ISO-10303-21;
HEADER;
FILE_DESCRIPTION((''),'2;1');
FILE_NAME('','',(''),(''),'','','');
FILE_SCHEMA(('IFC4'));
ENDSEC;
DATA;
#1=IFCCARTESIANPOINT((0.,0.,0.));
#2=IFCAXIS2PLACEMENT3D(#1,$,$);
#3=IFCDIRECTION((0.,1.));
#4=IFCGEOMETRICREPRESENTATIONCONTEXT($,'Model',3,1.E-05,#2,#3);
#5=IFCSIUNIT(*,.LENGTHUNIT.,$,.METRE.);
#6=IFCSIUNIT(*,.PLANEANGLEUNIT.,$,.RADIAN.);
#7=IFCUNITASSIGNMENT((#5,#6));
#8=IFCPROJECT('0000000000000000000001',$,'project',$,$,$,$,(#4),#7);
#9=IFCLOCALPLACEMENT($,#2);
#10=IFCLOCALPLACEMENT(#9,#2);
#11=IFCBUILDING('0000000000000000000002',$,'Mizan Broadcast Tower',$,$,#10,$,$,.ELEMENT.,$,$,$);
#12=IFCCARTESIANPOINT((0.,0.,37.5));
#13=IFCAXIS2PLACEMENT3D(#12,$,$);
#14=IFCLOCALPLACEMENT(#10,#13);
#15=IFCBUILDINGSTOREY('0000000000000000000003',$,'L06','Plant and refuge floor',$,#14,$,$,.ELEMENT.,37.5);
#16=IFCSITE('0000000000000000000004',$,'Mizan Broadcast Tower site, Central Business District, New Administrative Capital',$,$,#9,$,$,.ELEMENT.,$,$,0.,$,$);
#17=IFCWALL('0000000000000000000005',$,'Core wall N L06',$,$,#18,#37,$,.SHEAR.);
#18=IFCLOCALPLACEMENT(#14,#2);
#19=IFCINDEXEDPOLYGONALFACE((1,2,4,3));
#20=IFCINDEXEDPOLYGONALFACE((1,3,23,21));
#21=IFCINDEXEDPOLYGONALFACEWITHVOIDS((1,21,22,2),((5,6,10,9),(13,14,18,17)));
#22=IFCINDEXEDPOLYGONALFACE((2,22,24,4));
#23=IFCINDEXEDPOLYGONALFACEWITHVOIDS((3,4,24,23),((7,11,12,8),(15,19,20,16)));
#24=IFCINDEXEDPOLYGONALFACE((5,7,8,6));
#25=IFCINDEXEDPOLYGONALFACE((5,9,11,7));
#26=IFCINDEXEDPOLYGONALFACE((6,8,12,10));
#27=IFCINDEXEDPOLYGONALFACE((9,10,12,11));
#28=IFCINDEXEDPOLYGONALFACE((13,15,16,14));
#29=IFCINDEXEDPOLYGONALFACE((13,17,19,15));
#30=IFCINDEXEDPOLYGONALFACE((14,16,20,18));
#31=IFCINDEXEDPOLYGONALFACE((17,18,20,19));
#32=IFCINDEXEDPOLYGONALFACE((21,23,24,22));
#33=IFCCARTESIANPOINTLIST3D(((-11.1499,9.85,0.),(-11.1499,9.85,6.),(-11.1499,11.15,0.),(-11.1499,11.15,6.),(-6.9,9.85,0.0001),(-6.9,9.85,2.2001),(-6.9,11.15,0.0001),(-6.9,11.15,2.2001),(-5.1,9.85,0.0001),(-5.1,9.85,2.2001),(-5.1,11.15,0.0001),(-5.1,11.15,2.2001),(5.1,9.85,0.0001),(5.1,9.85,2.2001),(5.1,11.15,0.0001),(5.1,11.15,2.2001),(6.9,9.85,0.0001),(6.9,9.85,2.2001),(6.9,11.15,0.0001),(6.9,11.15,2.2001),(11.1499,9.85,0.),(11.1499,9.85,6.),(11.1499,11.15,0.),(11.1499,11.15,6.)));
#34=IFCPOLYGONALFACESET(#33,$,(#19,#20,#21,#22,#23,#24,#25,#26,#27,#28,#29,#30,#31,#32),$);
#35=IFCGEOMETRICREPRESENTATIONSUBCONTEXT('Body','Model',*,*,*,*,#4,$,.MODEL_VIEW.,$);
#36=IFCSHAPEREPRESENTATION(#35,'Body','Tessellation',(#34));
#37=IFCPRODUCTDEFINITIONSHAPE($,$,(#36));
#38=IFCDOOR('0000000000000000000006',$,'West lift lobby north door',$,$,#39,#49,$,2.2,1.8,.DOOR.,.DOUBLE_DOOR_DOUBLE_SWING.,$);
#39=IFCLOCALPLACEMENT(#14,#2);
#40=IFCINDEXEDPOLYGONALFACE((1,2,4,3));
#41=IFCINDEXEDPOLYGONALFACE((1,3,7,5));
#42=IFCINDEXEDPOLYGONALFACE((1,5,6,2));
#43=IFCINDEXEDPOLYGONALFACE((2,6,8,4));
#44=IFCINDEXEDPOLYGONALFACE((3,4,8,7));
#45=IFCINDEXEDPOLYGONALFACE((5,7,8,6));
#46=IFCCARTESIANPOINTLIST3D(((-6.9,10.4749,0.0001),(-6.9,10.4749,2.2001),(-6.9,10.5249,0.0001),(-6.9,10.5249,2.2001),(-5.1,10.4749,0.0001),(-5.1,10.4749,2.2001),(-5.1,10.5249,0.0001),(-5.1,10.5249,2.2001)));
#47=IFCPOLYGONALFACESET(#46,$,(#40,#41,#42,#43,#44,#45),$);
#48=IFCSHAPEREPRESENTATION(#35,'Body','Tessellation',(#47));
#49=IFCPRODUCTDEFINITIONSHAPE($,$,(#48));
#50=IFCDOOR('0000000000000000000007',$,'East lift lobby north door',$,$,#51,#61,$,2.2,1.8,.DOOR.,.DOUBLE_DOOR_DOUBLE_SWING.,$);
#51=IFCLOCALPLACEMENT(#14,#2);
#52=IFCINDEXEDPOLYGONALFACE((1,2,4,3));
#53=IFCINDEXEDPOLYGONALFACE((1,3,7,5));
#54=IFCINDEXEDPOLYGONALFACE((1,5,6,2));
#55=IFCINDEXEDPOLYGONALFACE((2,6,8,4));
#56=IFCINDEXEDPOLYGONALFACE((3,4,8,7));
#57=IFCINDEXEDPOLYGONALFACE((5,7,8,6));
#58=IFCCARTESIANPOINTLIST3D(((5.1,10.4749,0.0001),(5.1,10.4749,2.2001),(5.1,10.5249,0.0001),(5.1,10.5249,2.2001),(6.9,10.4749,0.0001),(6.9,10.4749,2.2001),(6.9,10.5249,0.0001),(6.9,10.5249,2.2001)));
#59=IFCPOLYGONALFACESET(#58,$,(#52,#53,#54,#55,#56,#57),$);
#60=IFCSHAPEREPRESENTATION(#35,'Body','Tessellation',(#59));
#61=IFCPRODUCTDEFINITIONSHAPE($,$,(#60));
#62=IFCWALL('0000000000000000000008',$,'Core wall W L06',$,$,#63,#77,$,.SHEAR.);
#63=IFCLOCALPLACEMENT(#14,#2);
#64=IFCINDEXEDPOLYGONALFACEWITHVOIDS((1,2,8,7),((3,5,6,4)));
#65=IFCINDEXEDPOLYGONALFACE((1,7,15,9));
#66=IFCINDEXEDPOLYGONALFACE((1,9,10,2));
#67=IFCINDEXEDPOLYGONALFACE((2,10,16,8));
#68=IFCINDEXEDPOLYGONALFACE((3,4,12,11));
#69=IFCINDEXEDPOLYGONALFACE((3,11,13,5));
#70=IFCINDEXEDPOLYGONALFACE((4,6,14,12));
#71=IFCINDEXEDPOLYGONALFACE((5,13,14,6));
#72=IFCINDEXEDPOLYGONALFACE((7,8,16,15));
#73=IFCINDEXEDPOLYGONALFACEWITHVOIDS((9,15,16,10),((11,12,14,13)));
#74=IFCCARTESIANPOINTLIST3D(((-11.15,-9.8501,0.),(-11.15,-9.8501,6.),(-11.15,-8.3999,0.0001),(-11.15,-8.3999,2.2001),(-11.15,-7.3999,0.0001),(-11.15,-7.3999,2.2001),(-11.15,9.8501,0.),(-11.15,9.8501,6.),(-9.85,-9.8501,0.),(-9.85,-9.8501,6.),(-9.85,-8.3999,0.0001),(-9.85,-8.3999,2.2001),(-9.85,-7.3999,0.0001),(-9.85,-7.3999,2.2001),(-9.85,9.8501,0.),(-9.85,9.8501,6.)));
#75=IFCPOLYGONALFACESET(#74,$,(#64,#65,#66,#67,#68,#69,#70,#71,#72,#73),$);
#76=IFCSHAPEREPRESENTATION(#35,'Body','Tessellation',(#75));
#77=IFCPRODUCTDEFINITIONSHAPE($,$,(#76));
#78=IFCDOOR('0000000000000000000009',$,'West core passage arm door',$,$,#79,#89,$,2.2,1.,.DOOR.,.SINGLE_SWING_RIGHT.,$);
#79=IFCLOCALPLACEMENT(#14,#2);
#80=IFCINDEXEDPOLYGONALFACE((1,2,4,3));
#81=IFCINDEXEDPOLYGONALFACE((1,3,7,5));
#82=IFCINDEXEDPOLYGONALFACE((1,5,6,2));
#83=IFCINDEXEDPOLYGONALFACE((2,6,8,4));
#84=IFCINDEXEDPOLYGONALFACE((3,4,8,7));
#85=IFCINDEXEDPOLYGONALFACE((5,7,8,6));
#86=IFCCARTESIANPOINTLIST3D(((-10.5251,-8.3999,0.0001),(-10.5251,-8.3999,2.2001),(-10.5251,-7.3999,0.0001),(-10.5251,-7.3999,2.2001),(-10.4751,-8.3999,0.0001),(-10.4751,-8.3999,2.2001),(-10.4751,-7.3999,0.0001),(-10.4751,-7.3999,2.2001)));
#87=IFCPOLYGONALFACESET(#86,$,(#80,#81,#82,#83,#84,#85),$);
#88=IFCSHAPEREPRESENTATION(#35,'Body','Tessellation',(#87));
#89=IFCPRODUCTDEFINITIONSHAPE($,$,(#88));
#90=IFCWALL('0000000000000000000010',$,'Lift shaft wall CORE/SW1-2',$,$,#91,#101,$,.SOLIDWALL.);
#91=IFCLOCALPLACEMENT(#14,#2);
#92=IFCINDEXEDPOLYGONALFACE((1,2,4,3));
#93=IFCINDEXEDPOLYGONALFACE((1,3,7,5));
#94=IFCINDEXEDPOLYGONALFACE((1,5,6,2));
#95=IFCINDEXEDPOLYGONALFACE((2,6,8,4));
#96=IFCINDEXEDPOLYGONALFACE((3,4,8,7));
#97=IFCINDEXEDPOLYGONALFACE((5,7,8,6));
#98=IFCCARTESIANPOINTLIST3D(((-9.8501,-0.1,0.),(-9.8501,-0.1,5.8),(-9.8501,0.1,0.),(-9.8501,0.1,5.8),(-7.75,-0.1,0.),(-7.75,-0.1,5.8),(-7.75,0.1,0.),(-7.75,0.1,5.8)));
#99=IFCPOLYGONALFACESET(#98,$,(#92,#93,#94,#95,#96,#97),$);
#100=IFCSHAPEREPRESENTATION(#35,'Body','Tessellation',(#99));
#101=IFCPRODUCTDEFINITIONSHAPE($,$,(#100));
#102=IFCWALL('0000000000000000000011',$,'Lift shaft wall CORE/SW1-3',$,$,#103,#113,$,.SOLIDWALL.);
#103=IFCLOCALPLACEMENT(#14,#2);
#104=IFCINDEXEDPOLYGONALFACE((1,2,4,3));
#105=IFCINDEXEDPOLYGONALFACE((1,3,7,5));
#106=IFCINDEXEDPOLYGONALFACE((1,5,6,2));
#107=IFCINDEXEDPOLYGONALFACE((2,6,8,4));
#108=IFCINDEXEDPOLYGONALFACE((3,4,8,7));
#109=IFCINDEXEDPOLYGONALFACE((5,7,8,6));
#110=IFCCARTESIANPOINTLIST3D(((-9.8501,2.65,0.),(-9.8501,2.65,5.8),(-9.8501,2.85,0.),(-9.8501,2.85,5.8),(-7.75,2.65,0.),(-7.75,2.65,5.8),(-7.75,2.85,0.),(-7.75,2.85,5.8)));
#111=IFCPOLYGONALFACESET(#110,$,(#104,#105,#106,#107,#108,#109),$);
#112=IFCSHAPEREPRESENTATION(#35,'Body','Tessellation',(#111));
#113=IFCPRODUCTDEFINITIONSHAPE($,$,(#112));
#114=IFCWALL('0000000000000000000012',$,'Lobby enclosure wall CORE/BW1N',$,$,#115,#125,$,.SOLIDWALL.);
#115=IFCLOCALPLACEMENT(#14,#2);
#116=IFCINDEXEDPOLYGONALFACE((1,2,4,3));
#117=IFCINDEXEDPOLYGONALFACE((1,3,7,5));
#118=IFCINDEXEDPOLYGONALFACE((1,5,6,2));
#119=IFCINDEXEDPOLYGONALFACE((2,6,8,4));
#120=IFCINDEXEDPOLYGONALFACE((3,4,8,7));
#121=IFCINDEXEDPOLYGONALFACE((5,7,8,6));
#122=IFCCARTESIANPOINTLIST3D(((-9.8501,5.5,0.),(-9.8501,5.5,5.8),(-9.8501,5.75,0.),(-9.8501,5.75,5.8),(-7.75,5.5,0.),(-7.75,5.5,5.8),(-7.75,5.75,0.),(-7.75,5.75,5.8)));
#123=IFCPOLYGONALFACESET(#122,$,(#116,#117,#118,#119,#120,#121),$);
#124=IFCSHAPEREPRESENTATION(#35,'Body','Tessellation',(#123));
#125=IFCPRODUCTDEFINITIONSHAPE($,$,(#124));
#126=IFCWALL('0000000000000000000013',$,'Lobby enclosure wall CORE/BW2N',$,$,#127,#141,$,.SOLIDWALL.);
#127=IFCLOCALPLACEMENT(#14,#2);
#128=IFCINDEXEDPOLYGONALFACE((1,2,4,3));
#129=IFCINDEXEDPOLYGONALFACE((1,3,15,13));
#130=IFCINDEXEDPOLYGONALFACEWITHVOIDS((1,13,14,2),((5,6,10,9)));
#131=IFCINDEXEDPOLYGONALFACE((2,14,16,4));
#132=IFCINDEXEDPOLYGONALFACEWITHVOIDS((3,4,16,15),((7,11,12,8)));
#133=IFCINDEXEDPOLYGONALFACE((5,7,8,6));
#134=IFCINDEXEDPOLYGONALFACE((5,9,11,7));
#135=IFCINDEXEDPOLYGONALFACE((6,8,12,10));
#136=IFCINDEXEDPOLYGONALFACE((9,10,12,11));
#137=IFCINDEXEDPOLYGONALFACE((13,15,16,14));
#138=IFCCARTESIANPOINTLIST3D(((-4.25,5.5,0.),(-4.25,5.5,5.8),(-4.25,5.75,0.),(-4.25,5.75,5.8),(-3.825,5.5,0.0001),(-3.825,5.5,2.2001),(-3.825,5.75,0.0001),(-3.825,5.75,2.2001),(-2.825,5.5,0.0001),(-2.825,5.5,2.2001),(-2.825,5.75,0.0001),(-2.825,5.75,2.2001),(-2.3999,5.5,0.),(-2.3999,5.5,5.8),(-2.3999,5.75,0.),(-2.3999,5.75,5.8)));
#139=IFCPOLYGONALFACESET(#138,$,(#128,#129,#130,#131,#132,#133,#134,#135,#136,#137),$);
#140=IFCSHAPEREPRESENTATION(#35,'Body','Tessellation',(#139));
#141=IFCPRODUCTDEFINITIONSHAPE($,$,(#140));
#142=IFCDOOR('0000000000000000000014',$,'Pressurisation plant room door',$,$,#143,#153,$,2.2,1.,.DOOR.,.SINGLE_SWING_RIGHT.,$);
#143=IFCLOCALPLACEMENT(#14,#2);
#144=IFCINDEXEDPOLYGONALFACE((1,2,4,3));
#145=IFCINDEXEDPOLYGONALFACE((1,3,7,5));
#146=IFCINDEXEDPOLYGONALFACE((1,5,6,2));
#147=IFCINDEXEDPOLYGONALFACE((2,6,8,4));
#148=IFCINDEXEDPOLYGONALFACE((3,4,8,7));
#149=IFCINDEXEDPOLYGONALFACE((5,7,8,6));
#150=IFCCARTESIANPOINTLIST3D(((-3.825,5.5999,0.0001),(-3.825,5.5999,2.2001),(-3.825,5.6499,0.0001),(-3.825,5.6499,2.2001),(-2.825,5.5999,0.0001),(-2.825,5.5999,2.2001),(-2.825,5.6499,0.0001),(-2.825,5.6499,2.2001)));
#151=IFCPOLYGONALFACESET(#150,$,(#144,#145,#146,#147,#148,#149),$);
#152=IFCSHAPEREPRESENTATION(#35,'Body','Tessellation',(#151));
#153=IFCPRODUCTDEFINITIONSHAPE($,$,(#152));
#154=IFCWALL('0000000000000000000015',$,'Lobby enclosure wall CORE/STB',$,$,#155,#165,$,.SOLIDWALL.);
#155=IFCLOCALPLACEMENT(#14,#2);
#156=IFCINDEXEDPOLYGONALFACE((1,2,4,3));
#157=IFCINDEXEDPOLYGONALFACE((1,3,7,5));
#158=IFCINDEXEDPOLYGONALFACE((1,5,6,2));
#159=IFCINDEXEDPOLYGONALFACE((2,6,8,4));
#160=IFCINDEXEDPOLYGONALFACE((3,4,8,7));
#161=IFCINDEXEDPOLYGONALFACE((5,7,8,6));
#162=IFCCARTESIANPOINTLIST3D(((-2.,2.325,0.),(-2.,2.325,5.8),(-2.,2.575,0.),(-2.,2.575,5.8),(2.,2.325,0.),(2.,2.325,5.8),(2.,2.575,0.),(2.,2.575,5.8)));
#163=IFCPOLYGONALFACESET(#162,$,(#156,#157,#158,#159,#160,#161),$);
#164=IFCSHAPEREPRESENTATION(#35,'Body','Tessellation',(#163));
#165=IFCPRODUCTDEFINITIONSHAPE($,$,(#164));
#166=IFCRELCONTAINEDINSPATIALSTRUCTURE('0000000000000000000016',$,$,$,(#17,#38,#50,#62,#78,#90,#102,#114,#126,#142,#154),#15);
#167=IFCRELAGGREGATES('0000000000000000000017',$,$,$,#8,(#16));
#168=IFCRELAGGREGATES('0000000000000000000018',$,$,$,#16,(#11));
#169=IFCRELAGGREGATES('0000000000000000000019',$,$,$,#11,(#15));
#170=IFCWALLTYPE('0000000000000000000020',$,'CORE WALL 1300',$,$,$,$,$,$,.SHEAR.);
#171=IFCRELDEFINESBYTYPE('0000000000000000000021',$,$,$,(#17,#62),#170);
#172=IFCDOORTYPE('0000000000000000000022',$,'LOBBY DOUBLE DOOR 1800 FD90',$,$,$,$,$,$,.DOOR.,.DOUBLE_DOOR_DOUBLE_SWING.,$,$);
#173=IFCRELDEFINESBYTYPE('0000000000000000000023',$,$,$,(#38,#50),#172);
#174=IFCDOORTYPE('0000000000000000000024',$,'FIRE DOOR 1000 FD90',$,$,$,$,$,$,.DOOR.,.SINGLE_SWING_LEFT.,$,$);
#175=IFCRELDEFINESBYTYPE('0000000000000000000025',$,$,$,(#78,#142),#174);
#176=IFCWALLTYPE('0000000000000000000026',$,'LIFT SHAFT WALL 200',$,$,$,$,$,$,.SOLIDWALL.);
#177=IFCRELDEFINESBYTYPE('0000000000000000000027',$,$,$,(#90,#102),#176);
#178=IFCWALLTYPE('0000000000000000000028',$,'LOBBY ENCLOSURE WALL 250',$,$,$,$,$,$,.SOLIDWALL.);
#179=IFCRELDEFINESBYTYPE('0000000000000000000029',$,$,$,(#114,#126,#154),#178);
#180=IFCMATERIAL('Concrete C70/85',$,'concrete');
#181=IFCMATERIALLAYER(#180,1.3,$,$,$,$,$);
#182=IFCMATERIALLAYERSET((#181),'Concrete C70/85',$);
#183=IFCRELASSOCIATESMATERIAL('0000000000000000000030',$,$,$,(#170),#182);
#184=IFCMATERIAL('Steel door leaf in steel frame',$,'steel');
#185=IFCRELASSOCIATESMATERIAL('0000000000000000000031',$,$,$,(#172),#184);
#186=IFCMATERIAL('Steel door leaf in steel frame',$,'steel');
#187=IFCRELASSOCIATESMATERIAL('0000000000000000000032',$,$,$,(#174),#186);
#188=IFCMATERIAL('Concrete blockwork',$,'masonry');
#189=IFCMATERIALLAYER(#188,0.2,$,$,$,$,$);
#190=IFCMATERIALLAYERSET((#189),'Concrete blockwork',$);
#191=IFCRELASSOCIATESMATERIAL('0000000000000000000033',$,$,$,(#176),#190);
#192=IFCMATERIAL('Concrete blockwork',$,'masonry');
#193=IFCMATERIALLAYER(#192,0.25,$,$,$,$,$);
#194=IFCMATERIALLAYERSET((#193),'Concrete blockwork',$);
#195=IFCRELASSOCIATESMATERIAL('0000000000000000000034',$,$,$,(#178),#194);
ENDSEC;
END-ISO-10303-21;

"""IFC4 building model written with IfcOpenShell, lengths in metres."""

from ifc_helpers import new_model, si_unit, direction, frame, frame_2d, origin, place, context, subcontext, project, spatial, rectangle, extrude, material, layer, layer_set, type_object, element, fill, save


model = new_model("IFC4")

# Units and contexts
model_context = context("Model", 3, precision=1e-05, world=origin(), true_north=direction((0.0, 1.0)))
body_context = subcontext(model_context, "Body", "Model", "MODEL_VIEW")
ifc_project = project(units=[si_unit("LENGTHUNIT", "METRE"), si_unit("PLANEANGLEUNIT", "RADIAN")], contexts=[model_context])

# Site, building, storey
site_placement = place(None, origin())
site = spatial("IfcSite", under=ifc_project, at=site_placement, Name="Mizan Broadcast Tower site, Central Business District, New Administrative Capital", CompositionType="ELEMENT", RefElevation=0.0)
building_placement = place(site_placement, origin())
building = spatial("IfcBuilding", under=site, at=building_placement, Name="Mizan Broadcast Tower", CompositionType="ELEMENT")
storey_placement = place(building_placement, frame((0.0, 0.0, 37.5)))
storey = spatial("IfcBuildingStorey", under=building, at=storey_placement, Name="L06", Description="Plant and refuge floor", CompositionType="ELEMENT", Elevation=37.5)

# Wall, openings, doors
ifc_material_1 = material(Name="Concrete C70/85", Category="concrete")
ifc_layer_1 = layer(ifc_material_1, 1.3)
ifc_layer_set_1 = layer_set([ifc_layer_1], Name="Concrete C70/85")
wall_type_1 = type_object("IfcWallType", Name="CORE WALL 1300", PredefinedType="SHEAR", material=ifc_layer_set_1)
wall_1_placement = place(storey_placement, frame((-11.1499, 10.5, 0.0), z_axis=(0.0, 0.0, 1.0), x_axis=(1.0, 0.0, 0.0)))
wall_1 = element("IfcWall", 1, at=wall_1_placement, inside=storey, type_object=wall_type_1, Name="Core wall N L06", PredefinedType="SHEAR", context=body_context, shape_type="SweptSolid", body=[
    extrude(rectangle(XDim=22.2998, YDim=1.3, at=frame_2d((11.1499, 0.0))), origin(), (0.0, 0.0, 1.0), 6.0),
])
opening_1_placement = place(wall_1_placement, frame((4.25, 0.0, 0.0)))
opening_1 = element("IfcOpeningElement", 2, at=opening_1_placement, cuts=wall_1, PredefinedType="OPENING", context=body_context, shape_type="SweptSolid", body=[
    extrude(rectangle(XDim=1.8, YDim=2.2, at=frame_2d((0.8999, 1.1001))), frame((0.0, 0.6599, 0.0), z_axis=(0.0, -1.0, 0.0), x_axis=(1.0, 0.0, 0.0)), (0.0, 0.0, 1.0), 1.3201),
])
opening_2_placement = place(wall_1_placement, frame((16.25, 0.0, 0.0)))
opening_2 = element("IfcOpeningElement", 3, at=opening_2_placement, cuts=wall_1, PredefinedType="OPENING", context=body_context, shape_type="SweptSolid", body=[
    extrude(rectangle(XDim=1.8, YDim=2.2, at=frame_2d((0.8999, 1.1001))), frame((0.0, 0.6599, 0.0), z_axis=(0.0, -1.0, 0.0), x_axis=(1.0, 0.0, 0.0)), (0.0, 0.0, 1.0), 1.3201),
])
ifc_material_2 = material(Name="Steel door leaf in steel frame", Category="steel")
door_type_1 = type_object("IfcDoorType", Name="LOBBY DOUBLE DOOR 1800 FD90", OperationType="DOUBLE_DOOR_DOUBLE_SWING", PredefinedType="DOOR", material=ifc_material_2)
door_1_placement = place(opening_1_placement, origin())
door_1 = element("IfcDoor", 4, at=door_1_placement, inside=storey, type_object=door_type_1, Name="West lift lobby north door", OperationType="DOUBLE_DOOR_DOUBLE_SWING", OverallHeight=2.2, OverallWidth=1.8, PredefinedType="DOOR", context=body_context, shape_type="SweptSolid", body=[
    extrude(rectangle(XDim=1.8, YDim=2.2, at=frame_2d((0.8999, 1.1001))), frame((0.0, 0.0249, 0.0), z_axis=(0.0, -1.0, 0.0), x_axis=(1.0, 0.0, 0.0)), (0.0, 0.0, 1.0), 0.05),
])
fill(opening_1, door_1)
door_2_placement = place(opening_2_placement, origin())
door_2 = element("IfcDoor", 5, at=door_2_placement, inside=storey, type_object=door_type_1, Name="East lift lobby north door", OperationType="DOUBLE_DOOR_DOUBLE_SWING", OverallHeight=2.2, OverallWidth=1.8, PredefinedType="DOOR", context=body_context, shape_type="SweptSolid", body=[
    extrude(rectangle(XDim=1.8, YDim=2.2, at=frame_2d((0.8999, 1.1001))), frame((0.0, 0.0249, 0.0), z_axis=(0.0, -1.0, 0.0), x_axis=(1.0, 0.0, 0.0)), (0.0, 0.0, 1.0), 0.05),
])
fill(opening_2, door_2)

# Wall, opening, door
wall_2_placement = place(storey_placement, frame((-10.5, 9.8501, 0.0), z_axis=(0.0, 0.0, 1.0), x_axis=(0.0, -1.0, 0.0)))
wall_2 = element("IfcWall", 6, at=wall_2_placement, inside=storey, type_object=wall_type_1, Name="Core wall W L06", PredefinedType="SHEAR", context=body_context, shape_type="SweptSolid", body=[
    extrude(rectangle(XDim=19.7002, YDim=1.3, at=frame_2d((9.8501, 0.0))), origin(), (0.0, 0.0, 1.0), 6.0),
])
opening_3_placement = place(wall_2_placement, frame((17.25, 0.0, 0.0)))
opening_3 = element("IfcOpeningElement", 7, at=opening_3_placement, cuts=wall_2, PredefinedType="OPENING", context=body_context, shape_type="SweptSolid", body=[
    extrude(rectangle(XDim=1.0, YDim=2.2, at=frame_2d((0.5, 1.1001))), frame((0.0, 0.6599, 0.0), z_axis=(0.0, -1.0, 0.0), x_axis=(1.0, 0.0, 0.0)), (0.0, 0.0, 1.0), 1.3201),
])
ifc_material_3 = material(Name="Steel door leaf in steel frame", Category="steel")
door_type_2 = type_object("IfcDoorType", Name="FIRE DOOR 1000 FD90", OperationType="SINGLE_SWING_LEFT", PredefinedType="DOOR", material=ifc_material_3)
door_3_placement = place(opening_3_placement, origin())
door_3 = element("IfcDoor", 8, at=door_3_placement, inside=storey, type_object=door_type_2, Name="West core passage arm door", OperationType="SINGLE_SWING_RIGHT", OverallHeight=2.2, OverallWidth=1.0, PredefinedType="DOOR", context=body_context, shape_type="SweptSolid", body=[
    extrude(rectangle(XDim=1.0, YDim=2.2, at=frame_2d((0.5, 1.1001))), frame((0.0, 0.0249, 0.0), z_axis=(0.0, -1.0, 0.0), x_axis=(1.0, 0.0, 0.0)), (0.0, 0.0, 1.0), 0.05),
])
fill(opening_3, door_3)

# Walls
ifc_material_4 = material(Name="Concrete blockwork", Category="masonry")
ifc_layer_2 = layer(ifc_material_4, 0.2)
ifc_layer_set_2 = layer_set([ifc_layer_2], Name="Concrete blockwork")
wall_type_2 = type_object("IfcWallType", Name="LIFT SHAFT WALL 200", PredefinedType="SOLIDWALL", material=ifc_layer_set_2)
for number, where, z_axis, x_axis, name in (
    (9, (-9.8501, 0.0, 0.0), (0.0, 0.0, 1.0), (1.0, 0.0, 0.0), "Lift shaft wall CORE/SW1-2"),
    (10, (-9.8501, 2.75, 0.0), (0.0, 0.0, 1.0), (1.0, 0.0, 0.0), "Lift shaft wall CORE/SW1-3"),
):
    element("IfcWall", number, at=place(storey_placement, frame(where, z_axis=z_axis, x_axis=x_axis)), inside=storey, type_object=wall_type_2, Name=name, PredefinedType="SOLIDWALL", context=body_context, shape_type="SweptSolid", body=[
        extrude(rectangle(XDim=2.1001, YDim=0.2, at=frame_2d((1.05, 0.0))), origin(), (0.0, 0.0, 1.0), 5.8),
    ])
ifc_material_5 = material(Name="Concrete blockwork", Category="masonry")
ifc_layer_3 = layer(ifc_material_5, 0.25)
ifc_layer_set_3 = layer_set([ifc_layer_3], Name="Concrete blockwork")
wall_type_3 = type_object("IfcWallType", Name="LOBBY ENCLOSURE WALL 250", PredefinedType="SOLIDWALL", material=ifc_layer_set_3)
wall_3_placement = place(storey_placement, frame((-9.8501, 5.625, 0.0), z_axis=(0.0, 0.0, 1.0), x_axis=(1.0, 0.0, 0.0)))
element("IfcWall", 11, at=wall_3_placement, inside=storey, type_object=wall_type_3, Name="Lobby enclosure wall CORE/BW1N", PredefinedType="SOLIDWALL", context=body_context, shape_type="SweptSolid", body=[
    extrude(rectangle(XDim=2.1001, YDim=0.25, at=frame_2d((1.05, 0.0))), origin(), (0.0, 0.0, 1.0), 5.8),
])

# Wall, opening, door
wall_4_placement = place(storey_placement, frame((-4.25, 5.625, 0.0), z_axis=(0.0, 0.0, 1.0), x_axis=(1.0, 0.0, 0.0)))
wall_4 = element("IfcWall", 12, at=wall_4_placement, inside=storey, type_object=wall_type_3, Name="Lobby enclosure wall CORE/BW2N", PredefinedType="SOLIDWALL", context=body_context, shape_type="SweptSolid", body=[
    extrude(rectangle(XDim=1.8501, YDim=0.25, at=frame_2d((0.925, 0.0))), origin(), (0.0, 0.0, 1.0), 5.8),
])
opening_4_placement = place(wall_4_placement, frame((0.425, 0.0, 0.0)))
opening_4 = element("IfcOpeningElement", 13, at=opening_4_placement, cuts=wall_4, PredefinedType="OPENING", context=body_context, shape_type="SweptSolid", body=[
    extrude(rectangle(XDim=1.0, YDim=2.2, at=frame_2d((0.5, 1.1001))), frame((0.0, 0.135, 0.0), z_axis=(0.0, -1.0, 0.0), x_axis=(1.0, 0.0, 0.0)), (0.0, 0.0, 1.0), 0.27),
])
door_4_placement = place(opening_4_placement, origin())
door_4 = element("IfcDoor", 14, at=door_4_placement, inside=storey, type_object=door_type_2, Name="Pressurisation plant room door", OperationType="SINGLE_SWING_RIGHT", OverallHeight=2.2, OverallWidth=1.0, PredefinedType="DOOR", context=body_context, shape_type="SweptSolid", body=[
    extrude(rectangle(XDim=1.0, YDim=2.2, at=frame_2d((0.5, 1.1001))), frame((0.0, 0.0249, 0.0), z_axis=(0.0, -1.0, 0.0), x_axis=(1.0, 0.0, 0.0)), (0.0, 0.0, 1.0), 0.05),
])
fill(opening_4, door_4)

# Wall
wall_5_placement = place(storey_placement, frame((-2.0, 2.45, 0.0), z_axis=(0.0, 0.0, 1.0), x_axis=(1.0, 0.0, 0.0)))
element("IfcWall", 15, at=wall_5_placement, inside=storey, type_object=wall_type_3, Name="Lobby enclosure wall CORE/STB", PredefinedType="SOLIDWALL", context=body_context, shape_type="SweptSolid", body=[
    extrude(rectangle(XDim=4.0, YDim=0.25, at=frame_2d((2.0, 0.0))), origin(), (0.0, 0.0, 1.0), 5.8),
])

save(model, "model.ifc")
